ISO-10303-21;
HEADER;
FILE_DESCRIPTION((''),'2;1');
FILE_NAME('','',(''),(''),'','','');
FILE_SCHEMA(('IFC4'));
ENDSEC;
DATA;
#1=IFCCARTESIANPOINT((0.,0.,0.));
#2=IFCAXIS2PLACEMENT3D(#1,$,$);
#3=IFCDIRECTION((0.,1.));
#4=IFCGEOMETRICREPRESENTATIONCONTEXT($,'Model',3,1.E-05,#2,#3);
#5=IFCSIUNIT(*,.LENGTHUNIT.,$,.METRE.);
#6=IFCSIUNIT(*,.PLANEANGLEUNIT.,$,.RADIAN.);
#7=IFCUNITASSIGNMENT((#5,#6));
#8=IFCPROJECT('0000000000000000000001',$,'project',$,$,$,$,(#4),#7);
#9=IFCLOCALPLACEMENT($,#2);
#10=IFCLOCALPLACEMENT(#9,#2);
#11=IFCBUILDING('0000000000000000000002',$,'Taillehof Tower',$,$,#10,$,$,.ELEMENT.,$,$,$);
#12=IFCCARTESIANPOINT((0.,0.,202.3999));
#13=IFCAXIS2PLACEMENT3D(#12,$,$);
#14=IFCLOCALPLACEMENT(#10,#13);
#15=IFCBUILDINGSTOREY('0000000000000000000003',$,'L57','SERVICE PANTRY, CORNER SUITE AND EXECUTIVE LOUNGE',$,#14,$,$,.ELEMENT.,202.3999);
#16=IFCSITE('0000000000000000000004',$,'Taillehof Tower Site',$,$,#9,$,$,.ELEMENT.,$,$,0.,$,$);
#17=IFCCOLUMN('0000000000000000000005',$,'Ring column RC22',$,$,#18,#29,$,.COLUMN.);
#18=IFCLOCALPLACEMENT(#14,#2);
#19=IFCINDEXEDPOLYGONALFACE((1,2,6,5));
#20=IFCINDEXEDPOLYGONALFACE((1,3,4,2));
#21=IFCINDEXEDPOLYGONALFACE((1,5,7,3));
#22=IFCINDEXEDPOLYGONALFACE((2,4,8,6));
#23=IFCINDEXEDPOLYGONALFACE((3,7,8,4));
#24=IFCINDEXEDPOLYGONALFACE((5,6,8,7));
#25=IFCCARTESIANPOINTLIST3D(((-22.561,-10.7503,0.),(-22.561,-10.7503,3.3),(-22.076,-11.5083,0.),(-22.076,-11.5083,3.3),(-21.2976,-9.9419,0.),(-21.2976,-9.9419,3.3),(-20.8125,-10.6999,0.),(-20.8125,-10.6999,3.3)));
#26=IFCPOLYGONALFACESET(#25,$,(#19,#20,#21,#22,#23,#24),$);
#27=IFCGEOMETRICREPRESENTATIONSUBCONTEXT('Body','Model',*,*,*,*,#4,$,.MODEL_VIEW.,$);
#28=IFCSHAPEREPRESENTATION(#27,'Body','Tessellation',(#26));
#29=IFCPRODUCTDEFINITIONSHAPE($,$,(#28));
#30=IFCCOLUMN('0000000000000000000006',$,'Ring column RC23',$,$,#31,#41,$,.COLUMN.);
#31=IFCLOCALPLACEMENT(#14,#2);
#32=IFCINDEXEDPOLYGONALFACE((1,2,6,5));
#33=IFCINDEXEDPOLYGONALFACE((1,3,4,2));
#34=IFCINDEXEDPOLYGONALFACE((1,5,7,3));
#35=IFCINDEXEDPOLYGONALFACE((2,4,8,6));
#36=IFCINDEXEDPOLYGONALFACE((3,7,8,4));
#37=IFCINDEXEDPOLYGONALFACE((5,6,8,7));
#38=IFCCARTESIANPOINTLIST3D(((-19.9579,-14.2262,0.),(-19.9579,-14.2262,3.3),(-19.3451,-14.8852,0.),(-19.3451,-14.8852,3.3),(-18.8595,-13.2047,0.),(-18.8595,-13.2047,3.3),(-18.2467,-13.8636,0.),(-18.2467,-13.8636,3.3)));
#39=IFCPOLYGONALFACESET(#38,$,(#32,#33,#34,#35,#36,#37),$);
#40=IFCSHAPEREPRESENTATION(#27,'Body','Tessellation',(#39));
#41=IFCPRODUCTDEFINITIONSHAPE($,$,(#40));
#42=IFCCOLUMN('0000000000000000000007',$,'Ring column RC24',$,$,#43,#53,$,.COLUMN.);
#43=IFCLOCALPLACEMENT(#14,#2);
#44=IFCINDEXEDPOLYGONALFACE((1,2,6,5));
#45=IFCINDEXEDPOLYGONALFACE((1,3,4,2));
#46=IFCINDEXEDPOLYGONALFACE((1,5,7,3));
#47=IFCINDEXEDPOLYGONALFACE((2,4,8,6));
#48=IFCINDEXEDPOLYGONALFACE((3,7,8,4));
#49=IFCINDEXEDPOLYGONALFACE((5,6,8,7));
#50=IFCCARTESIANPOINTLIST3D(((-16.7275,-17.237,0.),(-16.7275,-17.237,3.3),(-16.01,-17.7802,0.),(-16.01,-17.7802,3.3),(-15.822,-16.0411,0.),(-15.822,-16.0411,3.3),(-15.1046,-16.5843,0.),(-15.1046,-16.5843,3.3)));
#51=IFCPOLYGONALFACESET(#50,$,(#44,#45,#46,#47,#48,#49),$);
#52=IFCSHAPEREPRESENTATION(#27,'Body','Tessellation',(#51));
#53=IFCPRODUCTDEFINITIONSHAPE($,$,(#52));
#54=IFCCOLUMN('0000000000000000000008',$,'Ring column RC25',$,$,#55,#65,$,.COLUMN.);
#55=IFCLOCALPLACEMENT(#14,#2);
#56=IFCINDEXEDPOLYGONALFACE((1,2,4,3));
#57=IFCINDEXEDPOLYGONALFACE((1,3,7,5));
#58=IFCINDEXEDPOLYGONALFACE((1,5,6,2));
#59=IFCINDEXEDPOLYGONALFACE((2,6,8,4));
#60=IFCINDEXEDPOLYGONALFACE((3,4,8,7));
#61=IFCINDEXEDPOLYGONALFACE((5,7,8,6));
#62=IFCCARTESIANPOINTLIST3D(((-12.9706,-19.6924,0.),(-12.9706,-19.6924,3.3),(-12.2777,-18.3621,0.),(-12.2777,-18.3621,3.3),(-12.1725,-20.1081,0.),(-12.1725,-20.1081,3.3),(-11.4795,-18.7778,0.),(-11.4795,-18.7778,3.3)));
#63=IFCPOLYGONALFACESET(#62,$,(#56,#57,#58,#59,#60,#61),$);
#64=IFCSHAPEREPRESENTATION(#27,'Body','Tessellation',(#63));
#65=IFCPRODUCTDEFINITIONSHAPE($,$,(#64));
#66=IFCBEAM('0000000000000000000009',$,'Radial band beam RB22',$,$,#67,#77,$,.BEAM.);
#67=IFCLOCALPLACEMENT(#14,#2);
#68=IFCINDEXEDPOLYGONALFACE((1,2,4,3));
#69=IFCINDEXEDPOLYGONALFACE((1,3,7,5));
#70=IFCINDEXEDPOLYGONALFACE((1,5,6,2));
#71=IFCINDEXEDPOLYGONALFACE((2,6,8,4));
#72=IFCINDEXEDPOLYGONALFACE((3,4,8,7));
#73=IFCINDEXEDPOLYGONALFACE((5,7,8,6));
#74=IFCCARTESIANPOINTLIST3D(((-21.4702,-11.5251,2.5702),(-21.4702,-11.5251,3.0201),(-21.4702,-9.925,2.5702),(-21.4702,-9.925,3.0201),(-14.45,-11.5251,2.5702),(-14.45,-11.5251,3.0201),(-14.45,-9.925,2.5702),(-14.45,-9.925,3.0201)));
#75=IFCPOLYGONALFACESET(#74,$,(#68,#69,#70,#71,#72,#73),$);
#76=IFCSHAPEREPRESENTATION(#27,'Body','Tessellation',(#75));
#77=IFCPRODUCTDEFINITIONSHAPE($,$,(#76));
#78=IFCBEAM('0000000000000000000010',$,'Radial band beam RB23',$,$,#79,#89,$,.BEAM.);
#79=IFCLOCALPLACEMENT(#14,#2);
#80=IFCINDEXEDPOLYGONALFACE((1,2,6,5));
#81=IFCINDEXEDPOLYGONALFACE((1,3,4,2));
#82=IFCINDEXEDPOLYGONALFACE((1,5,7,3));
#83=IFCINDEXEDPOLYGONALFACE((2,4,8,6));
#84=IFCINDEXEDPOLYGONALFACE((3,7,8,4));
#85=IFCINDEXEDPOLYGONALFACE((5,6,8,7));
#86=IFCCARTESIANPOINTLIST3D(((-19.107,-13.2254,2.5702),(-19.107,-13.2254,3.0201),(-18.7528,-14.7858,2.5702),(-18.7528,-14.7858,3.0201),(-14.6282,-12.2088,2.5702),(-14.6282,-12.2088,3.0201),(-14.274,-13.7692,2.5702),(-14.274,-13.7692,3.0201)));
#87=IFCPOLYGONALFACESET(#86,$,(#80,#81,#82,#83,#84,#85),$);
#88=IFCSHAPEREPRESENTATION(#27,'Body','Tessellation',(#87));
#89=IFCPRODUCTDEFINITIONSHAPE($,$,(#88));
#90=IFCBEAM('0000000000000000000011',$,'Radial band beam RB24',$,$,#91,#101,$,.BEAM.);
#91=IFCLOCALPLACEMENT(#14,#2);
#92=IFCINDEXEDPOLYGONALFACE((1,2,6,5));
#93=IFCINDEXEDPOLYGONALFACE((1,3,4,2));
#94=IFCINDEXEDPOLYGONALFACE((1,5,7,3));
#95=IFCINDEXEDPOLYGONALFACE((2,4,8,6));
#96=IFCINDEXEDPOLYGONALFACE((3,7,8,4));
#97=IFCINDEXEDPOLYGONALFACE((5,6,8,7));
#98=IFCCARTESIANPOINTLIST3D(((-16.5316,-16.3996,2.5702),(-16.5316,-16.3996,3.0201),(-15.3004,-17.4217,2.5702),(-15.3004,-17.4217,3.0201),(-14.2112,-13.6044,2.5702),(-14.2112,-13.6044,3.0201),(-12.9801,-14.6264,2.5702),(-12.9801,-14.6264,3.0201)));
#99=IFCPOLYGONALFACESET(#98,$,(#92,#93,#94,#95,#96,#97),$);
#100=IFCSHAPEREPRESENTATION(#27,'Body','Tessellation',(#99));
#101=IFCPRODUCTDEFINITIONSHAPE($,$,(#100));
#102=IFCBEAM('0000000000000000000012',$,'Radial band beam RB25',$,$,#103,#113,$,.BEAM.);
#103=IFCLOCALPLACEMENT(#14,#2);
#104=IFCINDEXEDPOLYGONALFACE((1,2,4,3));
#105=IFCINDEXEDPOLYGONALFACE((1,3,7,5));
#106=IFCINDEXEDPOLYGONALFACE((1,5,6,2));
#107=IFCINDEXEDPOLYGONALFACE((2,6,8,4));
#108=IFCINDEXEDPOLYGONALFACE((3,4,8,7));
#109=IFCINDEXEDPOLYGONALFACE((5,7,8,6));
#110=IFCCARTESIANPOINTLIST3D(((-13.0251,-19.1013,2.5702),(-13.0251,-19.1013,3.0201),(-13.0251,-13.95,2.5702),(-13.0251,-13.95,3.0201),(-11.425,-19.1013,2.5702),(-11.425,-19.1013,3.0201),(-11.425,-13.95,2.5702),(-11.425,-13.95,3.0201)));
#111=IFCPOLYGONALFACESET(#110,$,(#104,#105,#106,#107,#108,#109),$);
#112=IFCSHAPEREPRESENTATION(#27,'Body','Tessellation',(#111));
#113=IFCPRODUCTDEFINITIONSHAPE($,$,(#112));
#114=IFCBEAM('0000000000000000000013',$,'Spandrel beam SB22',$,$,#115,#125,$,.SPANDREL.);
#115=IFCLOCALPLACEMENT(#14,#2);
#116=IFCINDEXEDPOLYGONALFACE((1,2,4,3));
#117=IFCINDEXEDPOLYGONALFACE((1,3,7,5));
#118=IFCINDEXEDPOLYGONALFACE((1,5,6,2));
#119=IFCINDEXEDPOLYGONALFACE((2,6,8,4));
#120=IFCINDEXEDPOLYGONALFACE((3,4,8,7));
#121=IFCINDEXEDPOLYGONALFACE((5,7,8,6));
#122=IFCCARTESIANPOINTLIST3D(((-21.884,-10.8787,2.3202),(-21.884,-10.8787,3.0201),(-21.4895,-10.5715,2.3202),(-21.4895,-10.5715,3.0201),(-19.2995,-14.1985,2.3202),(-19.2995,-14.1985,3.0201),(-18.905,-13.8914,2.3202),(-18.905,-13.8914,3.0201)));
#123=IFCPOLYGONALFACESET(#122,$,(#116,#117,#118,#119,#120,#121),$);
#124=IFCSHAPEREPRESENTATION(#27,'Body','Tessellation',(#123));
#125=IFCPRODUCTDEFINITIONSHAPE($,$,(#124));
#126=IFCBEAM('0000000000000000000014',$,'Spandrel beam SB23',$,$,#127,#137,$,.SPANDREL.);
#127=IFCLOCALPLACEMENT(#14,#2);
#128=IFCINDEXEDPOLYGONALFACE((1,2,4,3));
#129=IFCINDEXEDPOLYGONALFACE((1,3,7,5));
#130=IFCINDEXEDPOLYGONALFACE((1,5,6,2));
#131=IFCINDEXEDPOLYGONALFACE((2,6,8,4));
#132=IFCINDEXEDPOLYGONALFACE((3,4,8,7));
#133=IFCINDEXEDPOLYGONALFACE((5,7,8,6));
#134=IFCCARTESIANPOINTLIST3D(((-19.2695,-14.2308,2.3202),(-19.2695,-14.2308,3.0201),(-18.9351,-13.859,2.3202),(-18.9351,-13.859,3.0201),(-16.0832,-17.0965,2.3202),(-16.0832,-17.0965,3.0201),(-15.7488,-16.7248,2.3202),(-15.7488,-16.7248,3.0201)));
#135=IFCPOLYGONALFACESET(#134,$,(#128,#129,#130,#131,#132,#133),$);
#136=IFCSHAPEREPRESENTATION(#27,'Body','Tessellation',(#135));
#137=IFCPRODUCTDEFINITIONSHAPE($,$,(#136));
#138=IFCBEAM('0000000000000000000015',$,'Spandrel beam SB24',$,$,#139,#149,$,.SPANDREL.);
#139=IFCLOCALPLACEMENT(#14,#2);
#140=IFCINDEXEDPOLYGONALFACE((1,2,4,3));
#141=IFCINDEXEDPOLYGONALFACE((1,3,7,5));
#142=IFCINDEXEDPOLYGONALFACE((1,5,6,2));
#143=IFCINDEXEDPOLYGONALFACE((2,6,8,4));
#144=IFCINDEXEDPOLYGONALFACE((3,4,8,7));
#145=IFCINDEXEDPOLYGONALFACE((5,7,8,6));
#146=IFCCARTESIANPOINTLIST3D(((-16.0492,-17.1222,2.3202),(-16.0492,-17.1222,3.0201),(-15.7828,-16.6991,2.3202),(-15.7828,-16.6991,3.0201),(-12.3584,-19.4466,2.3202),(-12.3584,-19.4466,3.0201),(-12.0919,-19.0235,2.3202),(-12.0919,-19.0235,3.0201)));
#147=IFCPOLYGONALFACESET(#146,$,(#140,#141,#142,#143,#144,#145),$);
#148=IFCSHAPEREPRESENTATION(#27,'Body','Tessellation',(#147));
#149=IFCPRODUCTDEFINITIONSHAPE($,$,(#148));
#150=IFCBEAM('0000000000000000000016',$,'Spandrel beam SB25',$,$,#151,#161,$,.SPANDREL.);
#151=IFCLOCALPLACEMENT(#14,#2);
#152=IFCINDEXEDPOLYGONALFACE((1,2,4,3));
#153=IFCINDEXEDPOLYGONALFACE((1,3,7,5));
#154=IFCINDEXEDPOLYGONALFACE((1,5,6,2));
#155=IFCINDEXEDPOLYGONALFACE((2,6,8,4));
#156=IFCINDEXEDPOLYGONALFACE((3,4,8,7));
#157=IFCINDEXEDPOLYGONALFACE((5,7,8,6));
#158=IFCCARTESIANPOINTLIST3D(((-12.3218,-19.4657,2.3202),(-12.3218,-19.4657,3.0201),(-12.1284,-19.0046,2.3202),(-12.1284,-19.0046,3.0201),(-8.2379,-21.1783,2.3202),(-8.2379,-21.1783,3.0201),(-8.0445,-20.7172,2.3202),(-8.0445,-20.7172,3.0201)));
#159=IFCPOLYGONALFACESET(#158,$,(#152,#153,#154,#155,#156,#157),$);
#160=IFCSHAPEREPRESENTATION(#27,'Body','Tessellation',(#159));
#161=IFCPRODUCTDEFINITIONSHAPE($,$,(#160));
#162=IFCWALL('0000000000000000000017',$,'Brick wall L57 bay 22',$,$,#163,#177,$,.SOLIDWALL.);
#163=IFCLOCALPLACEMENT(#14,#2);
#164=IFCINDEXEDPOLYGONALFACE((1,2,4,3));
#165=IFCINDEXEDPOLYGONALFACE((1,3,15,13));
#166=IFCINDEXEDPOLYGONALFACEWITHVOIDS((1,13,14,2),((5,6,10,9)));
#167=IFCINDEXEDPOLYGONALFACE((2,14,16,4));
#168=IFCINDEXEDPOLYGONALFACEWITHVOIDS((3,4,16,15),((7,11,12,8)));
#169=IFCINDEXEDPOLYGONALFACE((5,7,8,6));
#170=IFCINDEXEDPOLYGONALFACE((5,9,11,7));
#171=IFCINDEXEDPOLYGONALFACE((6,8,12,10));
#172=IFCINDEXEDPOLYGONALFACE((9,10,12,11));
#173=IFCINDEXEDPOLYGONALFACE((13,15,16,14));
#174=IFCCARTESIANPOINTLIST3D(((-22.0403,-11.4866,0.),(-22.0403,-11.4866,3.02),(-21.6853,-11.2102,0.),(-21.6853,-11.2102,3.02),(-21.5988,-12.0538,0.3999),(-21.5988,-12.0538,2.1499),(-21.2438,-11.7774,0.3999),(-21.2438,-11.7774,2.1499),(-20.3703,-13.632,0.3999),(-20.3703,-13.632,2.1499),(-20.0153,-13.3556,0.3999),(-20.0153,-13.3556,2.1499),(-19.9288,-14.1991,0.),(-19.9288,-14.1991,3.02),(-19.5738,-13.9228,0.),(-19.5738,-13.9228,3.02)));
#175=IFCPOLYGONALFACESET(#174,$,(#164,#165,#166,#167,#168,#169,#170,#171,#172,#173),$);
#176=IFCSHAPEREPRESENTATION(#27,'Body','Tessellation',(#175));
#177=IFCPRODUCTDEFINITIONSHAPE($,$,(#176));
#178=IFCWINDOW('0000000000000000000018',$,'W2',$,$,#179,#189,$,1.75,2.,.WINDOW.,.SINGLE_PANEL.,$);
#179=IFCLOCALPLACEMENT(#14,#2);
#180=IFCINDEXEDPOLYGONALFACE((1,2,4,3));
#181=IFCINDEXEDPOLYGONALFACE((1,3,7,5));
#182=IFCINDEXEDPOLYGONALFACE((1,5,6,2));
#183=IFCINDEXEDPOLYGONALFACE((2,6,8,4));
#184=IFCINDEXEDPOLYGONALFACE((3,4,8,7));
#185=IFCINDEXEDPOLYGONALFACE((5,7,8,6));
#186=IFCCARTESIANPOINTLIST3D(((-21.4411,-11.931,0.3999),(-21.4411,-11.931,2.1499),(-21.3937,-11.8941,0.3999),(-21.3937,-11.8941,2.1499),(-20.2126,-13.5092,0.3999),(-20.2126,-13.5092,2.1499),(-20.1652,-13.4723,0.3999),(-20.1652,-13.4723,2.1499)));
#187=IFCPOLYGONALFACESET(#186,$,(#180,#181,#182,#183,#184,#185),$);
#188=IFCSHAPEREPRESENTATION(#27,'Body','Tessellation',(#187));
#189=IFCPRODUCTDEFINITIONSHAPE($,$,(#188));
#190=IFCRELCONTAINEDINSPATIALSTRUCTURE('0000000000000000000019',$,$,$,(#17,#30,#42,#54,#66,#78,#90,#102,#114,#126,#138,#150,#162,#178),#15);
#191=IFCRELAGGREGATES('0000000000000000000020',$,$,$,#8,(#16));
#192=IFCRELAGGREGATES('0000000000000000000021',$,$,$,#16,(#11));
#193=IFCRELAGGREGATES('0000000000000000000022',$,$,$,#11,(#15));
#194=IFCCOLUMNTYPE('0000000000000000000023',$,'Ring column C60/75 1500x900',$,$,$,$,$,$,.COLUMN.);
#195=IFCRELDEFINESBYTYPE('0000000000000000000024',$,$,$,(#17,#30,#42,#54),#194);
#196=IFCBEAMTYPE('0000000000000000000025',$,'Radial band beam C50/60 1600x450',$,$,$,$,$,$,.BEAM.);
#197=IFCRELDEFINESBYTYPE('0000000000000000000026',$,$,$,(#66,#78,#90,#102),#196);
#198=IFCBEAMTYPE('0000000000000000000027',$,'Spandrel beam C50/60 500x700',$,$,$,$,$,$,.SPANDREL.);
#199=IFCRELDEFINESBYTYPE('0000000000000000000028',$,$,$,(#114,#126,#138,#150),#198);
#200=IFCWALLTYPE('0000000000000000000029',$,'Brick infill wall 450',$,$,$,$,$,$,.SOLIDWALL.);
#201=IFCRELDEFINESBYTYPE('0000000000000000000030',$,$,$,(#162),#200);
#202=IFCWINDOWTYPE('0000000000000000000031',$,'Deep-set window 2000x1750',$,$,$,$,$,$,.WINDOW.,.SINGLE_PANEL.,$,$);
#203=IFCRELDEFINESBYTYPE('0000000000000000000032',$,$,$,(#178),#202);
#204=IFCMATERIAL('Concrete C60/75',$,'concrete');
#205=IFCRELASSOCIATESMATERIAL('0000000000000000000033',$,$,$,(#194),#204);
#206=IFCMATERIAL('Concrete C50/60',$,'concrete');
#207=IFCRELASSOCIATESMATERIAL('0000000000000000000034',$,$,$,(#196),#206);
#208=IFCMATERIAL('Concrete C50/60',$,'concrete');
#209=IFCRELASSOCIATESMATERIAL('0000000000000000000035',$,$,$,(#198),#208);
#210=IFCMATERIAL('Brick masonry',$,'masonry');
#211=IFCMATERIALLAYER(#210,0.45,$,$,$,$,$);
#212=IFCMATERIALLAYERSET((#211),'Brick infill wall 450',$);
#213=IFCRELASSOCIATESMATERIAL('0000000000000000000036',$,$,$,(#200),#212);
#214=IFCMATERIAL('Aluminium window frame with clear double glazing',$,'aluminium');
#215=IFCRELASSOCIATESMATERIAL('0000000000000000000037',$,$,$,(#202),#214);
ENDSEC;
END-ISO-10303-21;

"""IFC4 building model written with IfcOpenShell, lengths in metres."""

from ifc_helpers import new_model, si_unit, direction, frame, frame_2d, origin, origin_2d, place, context, subcontext, project, spatial, rectangle, extrude, material, layer, layer_set, material_profile, profile_set, type_object, element, fill, save


model = new_model("IFC4")

# Units and contexts
model_context = context("Model", 3, precision=1e-05, world=origin(), true_north=direction((0.0, 1.0)))
body_context = subcontext(model_context, "Body", "Model", "MODEL_VIEW")
ifc_project = project(units=[si_unit("LENGTHUNIT", "METRE"), si_unit("PLANEANGLEUNIT", "RADIAN")], contexts=[model_context])

# Site, building, storey
site_placement = place(None, origin())
site = spatial("IfcSite", under=ifc_project, at=site_placement, Name="Taillehof Tower Site", CompositionType="ELEMENT", RefElevation=0.0)
building_placement = place(site_placement, origin())
building = spatial("IfcBuilding", under=site, at=building_placement, Name="Taillehof Tower", CompositionType="ELEMENT")
storey_placement = place(building_placement, frame((0.0, 0.0, 202.3999)))
storey = spatial("IfcBuildingStorey", under=building, at=storey_placement, Name="L57", Description="SERVICE PANTRY, CORNER SUITE AND EXECUTIVE LOUNGE", CompositionType="ELEMENT", Elevation=202.3999)

# Columns
ifc_material_1 = material(Name="Concrete C60/75", Category="concrete")
ifc_material_profile_1 = material_profile(ifc_material_1, rectangle(XDim=1.5, YDim=0.8999, at=origin_2d()), Name="RC 1500x900")
ifc_profile_set_1 = profile_set([ifc_material_profile_1], Name="Concrete C60/75")
column_type = type_object("IfcColumnType", Name="Ring column C60/75 1500x900", PredefinedType="COLUMN", material=ifc_profile_set_1)
for number, where, z_axis, x_axis, name in (
    (1, (-21.6868, -10.7251, 0.0), (0.0, 0.0, 1.0), (-0.842311, -0.538992, 0.0), "Ring column RC22"),
    (2, (-19.1023, -14.0449, 0.0), (0.0, 0.0, 1.0), (-0.732271, -0.681013, 0.0), "Ring column RC23"),
    (3, (-15.916, -16.9106, 0.0), (0.0, 0.0, 1.0), (-0.603608, -0.797281, 0.0), "Ring column RC24"),
    (4, (-12.2251, -19.2351, 0.0), (0.0, 0.0, 1.0), (-0.461993, -0.886883, 0.0), "Ring column RC25"),
):
    element("IfcColumn", number, at=place(storey_placement, frame(where, z_axis=z_axis, x_axis=x_axis)), inside=storey, type_object=column_type, Name=name, PredefinedType="COLUMN", context=body_context, shape_type="SweptSolid", body=[
        extrude(rectangle(XDim=1.5, YDim=0.8999, at=origin_2d()), origin(), (0.0, 0.0, 1.0), 3.3),
    ])

# Beams
ifc_material_2 = material(Name="Concrete C50/60", Category="concrete")
ifc_material_profile_2 = material_profile(ifc_material_2, rectangle(XDim=1.6001, YDim=0.45, at=origin_2d()), Name="RC 1600x450")
ifc_profile_set_2 = profile_set([ifc_material_profile_2], Name="Concrete C50/60")
beam_type_1 = type_object("IfcBeamType", Name="Radial band beam C50/60 1600x450", PredefinedType="BEAM", material=ifc_profile_set_2)
beam_1_placement = place(storey_placement, frame((-21.4702, -10.7251, 2.7952), z_axis=(1.0, 0.0, 0.0), x_axis=(0.0, 1.0, 0.0)))
element("IfcBeam", 5, at=beam_1_placement, inside=storey, type_object=beam_type_1, Name="Radial band beam RB22", PredefinedType="BEAM", context=body_context, shape_type="SweptSolid", body=[
    extrude(rectangle(XDim=1.6001, YDim=0.45, at=origin_2d()), origin(), (0.0, 0.0, 1.0), 7.0203),
])
beam_2_placement = place(storey_placement, frame((-18.9299, -14.0056, 2.7952), z_axis=(0.975194, 0.221352, 0.0), x_axis=(-0.221352, 0.975194, 0.0)))
element("IfcBeam", 6, at=beam_2_placement, inside=storey, type_object=beam_type_1, Name="Radial band beam RB23", PredefinedType="BEAM", context=body_context, shape_type="SweptSolid", body=[
    extrude(rectangle(XDim=1.6001, YDim=0.45, at=origin_2d()), origin(), (0.0, 0.0, 1.0), 4.5928),
])
beam_3_placement = place(storey_placement, frame((-15.916, -16.9106, 2.7952), z_axis=(0.638722, 0.769437, 0.0), x_axis=(-0.769437, 0.638722, 0.0)))
element("IfcBeam", 7, at=beam_3_placement, inside=storey, type_object=beam_type_1, Name="Radial band beam RB24", PredefinedType="BEAM", context=body_context, shape_type="SweptSolid", body=[
    extrude(rectangle(XDim=1.6001, YDim=0.45, at=origin_2d()), origin(), (0.0, 0.0, 1.0), 3.6328),
])
beam_4_placement = place(storey_placement, frame((-12.2251, -19.1013, 2.7952), z_axis=(0.0, 1.0, 0.0), x_axis=(-1.0, 0.0, 0.0)))
element("IfcBeam", 8, at=beam_4_placement, inside=storey, type_object=beam_type_1, Name="Radial band beam RB25", PredefinedType="BEAM", context=body_context, shape_type="SweptSolid", body=[
    extrude(rectangle(XDim=1.6001, YDim=0.45, at=origin_2d()), origin(), (0.0, 0.0, 1.0), 5.1514),
])
ifc_material_3 = material(Name="Concrete C50/60", Category="concrete")
ifc_material_profile_3 = material_profile(ifc_material_3, rectangle(XDim=0.5, YDim=0.7, at=origin_2d()), Name="RC 500x700")
ifc_profile_set_3 = profile_set([ifc_material_profile_3], Name="Concrete C50/60")
beam_type_2 = type_object("IfcBeamType", Name="Spandrel beam C50/60 500x700", PredefinedType="SPANDREL", material=ifc_profile_set_3)
beam_5_placement = place(storey_placement, frame((-21.6868, -10.7251, 2.6702), z_axis=(0.614294, -0.789077, 0.0), x_axis=(0.789077, 0.614294, 0.0)))
element("IfcBeam", 9, at=beam_5_placement, inside=storey, type_object=beam_type_2, Name="Spandrel beam SB22", PredefinedType="SPANDREL", context=body_context, shape_type="SweptSolid", body=[
    extrude(rectangle(XDim=0.5, YDim=0.7, at=origin_2d()), origin(), (0.0, 0.0, 1.0), 4.2073),
])
beam_6_placement = place(storey_placement, frame((-19.1023, -14.0449, 2.6702), z_axis=(0.743518, -0.668716, 0.0), x_axis=(0.668716, 0.743518, 0.0)))
element("IfcBeam", 10, at=beam_6_placement, inside=storey, type_object=beam_type_2, Name="Spandrel beam SB23", PredefinedType="SPANDREL", context=body_context, shape_type="SweptSolid", body=[
    extrude(rectangle(XDim=0.5, YDim=0.7, at=origin_2d()), origin(), (0.0, 0.0, 1.0), 4.2854),
])
beam_7_placement = place(storey_placement, frame((-15.916, -16.9106, 2.6702), z_axis=(0.846176, -0.532904, 0.0), x_axis=(0.532904, 0.846176, 0.0)))
element("IfcBeam", 11, at=beam_7_placement, inside=storey, type_object=beam_type_2, Name="Spandrel beam SB24", PredefinedType="SPANDREL", context=body_context, shape_type="SweptSolid", body=[
    extrude(rectangle(XDim=0.5, YDim=0.7, at=origin_2d()), origin(), (0.0, 0.0, 1.0), 4.3618),
])
beam_8_placement = place(storey_placement, frame((-12.2251, -19.2351, 2.6702), z_axis=(0.922194, -0.386728, 0.0), x_axis=(0.386728, 0.922194, 0.0)))
element("IfcBeam", 12, at=beam_8_placement, inside=storey, type_object=beam_type_2, Name="Spandrel beam SB25", PredefinedType="SPANDREL", context=body_context, shape_type="SweptSolid", body=[
    extrude(rectangle(XDim=0.5, YDim=0.7, at=origin_2d()), origin(), (0.0, 0.0, 1.0), 4.4285),
])

# Wall, opening, window
ifc_material_4 = material(Name="Brick masonry", Category="masonry")
ifc_layer_1 = layer(ifc_material_4, 0.45)
ifc_layer_set_1 = layer_set([ifc_layer_1], Name="Brick infill wall 450")
wall_type_1 = type_object("IfcWallType", Name="Brick infill wall 450", PredefinedType="SOLIDWALL", material=ifc_layer_set_1)
wall_1_placement = place(storey_placement, frame((-21.8628, -11.3484, 0.0), z_axis=(0.0, 0.0, 1.0), x_axis=(0.614255, -0.789107, 0.0)))
wall_1 = element("IfcWall", 13, at=wall_1_placement, inside=storey, type_object=wall_type_1, Name="Brick wall L57 bay 22", PredefinedType="SOLIDWALL", context=body_context, shape_type="SweptSolid", body=[
    extrude(rectangle(XDim=3.4375, YDim=0.45, at=frame_2d((1.7188, 0.0))), origin(), (0.0, 0.0, 1.0), 3.02),
])
opening_1_placement = place(wall_1_placement, frame((0.7188, 0.0, 0.3999)))
opening_1 = element("IfcOpeningElement", 14, at=opening_1_placement, cuts=wall_1, PredefinedType="OPENING", context=body_context, shape_type="SweptSolid", body=[
    extrude(rectangle(XDim=2.0, YDim=1.75, at=frame_2d((1.0, 0.875))), frame((0.0, 0.2349, 0.0), z_axis=(0.0, -1.0, 0.0), x_axis=(1.0, 0.0, 0.0)), (0.0, 0.0, 1.0), 0.47),
])
ifc_material_5 = material(Name="Aluminium window frame with clear double glazing", Category="aluminium")
window_type = type_object("IfcWindowType", Name="Deep-set window 2000x1750", PartitioningType="SINGLE_PANEL", PredefinedType="WINDOW", material=ifc_material_5)
window_1_placement = place(opening_1_placement, origin())
window_1 = element("IfcWindow", 15, at=window_1_placement, inside=storey, type_object=window_type, Name="W2", OverallHeight=1.75, OverallWidth=2.0, PartitioningType="SINGLE_PANEL", PredefinedType="WINDOW", context=body_context, shape_type="SweptSolid", body=[
    extrude(rectangle(XDim=2.0, YDim=1.75, at=frame_2d((1.0, 0.875))), frame((0.0, 0.0349, 0.0), z_axis=(0.0, -1.0, 0.0), x_axis=(1.0, 0.0, 0.0)), (0.0, 0.0, 1.0), 0.0601),
])
fill(opening_1, window_1)

save(model, "model.ifc")
